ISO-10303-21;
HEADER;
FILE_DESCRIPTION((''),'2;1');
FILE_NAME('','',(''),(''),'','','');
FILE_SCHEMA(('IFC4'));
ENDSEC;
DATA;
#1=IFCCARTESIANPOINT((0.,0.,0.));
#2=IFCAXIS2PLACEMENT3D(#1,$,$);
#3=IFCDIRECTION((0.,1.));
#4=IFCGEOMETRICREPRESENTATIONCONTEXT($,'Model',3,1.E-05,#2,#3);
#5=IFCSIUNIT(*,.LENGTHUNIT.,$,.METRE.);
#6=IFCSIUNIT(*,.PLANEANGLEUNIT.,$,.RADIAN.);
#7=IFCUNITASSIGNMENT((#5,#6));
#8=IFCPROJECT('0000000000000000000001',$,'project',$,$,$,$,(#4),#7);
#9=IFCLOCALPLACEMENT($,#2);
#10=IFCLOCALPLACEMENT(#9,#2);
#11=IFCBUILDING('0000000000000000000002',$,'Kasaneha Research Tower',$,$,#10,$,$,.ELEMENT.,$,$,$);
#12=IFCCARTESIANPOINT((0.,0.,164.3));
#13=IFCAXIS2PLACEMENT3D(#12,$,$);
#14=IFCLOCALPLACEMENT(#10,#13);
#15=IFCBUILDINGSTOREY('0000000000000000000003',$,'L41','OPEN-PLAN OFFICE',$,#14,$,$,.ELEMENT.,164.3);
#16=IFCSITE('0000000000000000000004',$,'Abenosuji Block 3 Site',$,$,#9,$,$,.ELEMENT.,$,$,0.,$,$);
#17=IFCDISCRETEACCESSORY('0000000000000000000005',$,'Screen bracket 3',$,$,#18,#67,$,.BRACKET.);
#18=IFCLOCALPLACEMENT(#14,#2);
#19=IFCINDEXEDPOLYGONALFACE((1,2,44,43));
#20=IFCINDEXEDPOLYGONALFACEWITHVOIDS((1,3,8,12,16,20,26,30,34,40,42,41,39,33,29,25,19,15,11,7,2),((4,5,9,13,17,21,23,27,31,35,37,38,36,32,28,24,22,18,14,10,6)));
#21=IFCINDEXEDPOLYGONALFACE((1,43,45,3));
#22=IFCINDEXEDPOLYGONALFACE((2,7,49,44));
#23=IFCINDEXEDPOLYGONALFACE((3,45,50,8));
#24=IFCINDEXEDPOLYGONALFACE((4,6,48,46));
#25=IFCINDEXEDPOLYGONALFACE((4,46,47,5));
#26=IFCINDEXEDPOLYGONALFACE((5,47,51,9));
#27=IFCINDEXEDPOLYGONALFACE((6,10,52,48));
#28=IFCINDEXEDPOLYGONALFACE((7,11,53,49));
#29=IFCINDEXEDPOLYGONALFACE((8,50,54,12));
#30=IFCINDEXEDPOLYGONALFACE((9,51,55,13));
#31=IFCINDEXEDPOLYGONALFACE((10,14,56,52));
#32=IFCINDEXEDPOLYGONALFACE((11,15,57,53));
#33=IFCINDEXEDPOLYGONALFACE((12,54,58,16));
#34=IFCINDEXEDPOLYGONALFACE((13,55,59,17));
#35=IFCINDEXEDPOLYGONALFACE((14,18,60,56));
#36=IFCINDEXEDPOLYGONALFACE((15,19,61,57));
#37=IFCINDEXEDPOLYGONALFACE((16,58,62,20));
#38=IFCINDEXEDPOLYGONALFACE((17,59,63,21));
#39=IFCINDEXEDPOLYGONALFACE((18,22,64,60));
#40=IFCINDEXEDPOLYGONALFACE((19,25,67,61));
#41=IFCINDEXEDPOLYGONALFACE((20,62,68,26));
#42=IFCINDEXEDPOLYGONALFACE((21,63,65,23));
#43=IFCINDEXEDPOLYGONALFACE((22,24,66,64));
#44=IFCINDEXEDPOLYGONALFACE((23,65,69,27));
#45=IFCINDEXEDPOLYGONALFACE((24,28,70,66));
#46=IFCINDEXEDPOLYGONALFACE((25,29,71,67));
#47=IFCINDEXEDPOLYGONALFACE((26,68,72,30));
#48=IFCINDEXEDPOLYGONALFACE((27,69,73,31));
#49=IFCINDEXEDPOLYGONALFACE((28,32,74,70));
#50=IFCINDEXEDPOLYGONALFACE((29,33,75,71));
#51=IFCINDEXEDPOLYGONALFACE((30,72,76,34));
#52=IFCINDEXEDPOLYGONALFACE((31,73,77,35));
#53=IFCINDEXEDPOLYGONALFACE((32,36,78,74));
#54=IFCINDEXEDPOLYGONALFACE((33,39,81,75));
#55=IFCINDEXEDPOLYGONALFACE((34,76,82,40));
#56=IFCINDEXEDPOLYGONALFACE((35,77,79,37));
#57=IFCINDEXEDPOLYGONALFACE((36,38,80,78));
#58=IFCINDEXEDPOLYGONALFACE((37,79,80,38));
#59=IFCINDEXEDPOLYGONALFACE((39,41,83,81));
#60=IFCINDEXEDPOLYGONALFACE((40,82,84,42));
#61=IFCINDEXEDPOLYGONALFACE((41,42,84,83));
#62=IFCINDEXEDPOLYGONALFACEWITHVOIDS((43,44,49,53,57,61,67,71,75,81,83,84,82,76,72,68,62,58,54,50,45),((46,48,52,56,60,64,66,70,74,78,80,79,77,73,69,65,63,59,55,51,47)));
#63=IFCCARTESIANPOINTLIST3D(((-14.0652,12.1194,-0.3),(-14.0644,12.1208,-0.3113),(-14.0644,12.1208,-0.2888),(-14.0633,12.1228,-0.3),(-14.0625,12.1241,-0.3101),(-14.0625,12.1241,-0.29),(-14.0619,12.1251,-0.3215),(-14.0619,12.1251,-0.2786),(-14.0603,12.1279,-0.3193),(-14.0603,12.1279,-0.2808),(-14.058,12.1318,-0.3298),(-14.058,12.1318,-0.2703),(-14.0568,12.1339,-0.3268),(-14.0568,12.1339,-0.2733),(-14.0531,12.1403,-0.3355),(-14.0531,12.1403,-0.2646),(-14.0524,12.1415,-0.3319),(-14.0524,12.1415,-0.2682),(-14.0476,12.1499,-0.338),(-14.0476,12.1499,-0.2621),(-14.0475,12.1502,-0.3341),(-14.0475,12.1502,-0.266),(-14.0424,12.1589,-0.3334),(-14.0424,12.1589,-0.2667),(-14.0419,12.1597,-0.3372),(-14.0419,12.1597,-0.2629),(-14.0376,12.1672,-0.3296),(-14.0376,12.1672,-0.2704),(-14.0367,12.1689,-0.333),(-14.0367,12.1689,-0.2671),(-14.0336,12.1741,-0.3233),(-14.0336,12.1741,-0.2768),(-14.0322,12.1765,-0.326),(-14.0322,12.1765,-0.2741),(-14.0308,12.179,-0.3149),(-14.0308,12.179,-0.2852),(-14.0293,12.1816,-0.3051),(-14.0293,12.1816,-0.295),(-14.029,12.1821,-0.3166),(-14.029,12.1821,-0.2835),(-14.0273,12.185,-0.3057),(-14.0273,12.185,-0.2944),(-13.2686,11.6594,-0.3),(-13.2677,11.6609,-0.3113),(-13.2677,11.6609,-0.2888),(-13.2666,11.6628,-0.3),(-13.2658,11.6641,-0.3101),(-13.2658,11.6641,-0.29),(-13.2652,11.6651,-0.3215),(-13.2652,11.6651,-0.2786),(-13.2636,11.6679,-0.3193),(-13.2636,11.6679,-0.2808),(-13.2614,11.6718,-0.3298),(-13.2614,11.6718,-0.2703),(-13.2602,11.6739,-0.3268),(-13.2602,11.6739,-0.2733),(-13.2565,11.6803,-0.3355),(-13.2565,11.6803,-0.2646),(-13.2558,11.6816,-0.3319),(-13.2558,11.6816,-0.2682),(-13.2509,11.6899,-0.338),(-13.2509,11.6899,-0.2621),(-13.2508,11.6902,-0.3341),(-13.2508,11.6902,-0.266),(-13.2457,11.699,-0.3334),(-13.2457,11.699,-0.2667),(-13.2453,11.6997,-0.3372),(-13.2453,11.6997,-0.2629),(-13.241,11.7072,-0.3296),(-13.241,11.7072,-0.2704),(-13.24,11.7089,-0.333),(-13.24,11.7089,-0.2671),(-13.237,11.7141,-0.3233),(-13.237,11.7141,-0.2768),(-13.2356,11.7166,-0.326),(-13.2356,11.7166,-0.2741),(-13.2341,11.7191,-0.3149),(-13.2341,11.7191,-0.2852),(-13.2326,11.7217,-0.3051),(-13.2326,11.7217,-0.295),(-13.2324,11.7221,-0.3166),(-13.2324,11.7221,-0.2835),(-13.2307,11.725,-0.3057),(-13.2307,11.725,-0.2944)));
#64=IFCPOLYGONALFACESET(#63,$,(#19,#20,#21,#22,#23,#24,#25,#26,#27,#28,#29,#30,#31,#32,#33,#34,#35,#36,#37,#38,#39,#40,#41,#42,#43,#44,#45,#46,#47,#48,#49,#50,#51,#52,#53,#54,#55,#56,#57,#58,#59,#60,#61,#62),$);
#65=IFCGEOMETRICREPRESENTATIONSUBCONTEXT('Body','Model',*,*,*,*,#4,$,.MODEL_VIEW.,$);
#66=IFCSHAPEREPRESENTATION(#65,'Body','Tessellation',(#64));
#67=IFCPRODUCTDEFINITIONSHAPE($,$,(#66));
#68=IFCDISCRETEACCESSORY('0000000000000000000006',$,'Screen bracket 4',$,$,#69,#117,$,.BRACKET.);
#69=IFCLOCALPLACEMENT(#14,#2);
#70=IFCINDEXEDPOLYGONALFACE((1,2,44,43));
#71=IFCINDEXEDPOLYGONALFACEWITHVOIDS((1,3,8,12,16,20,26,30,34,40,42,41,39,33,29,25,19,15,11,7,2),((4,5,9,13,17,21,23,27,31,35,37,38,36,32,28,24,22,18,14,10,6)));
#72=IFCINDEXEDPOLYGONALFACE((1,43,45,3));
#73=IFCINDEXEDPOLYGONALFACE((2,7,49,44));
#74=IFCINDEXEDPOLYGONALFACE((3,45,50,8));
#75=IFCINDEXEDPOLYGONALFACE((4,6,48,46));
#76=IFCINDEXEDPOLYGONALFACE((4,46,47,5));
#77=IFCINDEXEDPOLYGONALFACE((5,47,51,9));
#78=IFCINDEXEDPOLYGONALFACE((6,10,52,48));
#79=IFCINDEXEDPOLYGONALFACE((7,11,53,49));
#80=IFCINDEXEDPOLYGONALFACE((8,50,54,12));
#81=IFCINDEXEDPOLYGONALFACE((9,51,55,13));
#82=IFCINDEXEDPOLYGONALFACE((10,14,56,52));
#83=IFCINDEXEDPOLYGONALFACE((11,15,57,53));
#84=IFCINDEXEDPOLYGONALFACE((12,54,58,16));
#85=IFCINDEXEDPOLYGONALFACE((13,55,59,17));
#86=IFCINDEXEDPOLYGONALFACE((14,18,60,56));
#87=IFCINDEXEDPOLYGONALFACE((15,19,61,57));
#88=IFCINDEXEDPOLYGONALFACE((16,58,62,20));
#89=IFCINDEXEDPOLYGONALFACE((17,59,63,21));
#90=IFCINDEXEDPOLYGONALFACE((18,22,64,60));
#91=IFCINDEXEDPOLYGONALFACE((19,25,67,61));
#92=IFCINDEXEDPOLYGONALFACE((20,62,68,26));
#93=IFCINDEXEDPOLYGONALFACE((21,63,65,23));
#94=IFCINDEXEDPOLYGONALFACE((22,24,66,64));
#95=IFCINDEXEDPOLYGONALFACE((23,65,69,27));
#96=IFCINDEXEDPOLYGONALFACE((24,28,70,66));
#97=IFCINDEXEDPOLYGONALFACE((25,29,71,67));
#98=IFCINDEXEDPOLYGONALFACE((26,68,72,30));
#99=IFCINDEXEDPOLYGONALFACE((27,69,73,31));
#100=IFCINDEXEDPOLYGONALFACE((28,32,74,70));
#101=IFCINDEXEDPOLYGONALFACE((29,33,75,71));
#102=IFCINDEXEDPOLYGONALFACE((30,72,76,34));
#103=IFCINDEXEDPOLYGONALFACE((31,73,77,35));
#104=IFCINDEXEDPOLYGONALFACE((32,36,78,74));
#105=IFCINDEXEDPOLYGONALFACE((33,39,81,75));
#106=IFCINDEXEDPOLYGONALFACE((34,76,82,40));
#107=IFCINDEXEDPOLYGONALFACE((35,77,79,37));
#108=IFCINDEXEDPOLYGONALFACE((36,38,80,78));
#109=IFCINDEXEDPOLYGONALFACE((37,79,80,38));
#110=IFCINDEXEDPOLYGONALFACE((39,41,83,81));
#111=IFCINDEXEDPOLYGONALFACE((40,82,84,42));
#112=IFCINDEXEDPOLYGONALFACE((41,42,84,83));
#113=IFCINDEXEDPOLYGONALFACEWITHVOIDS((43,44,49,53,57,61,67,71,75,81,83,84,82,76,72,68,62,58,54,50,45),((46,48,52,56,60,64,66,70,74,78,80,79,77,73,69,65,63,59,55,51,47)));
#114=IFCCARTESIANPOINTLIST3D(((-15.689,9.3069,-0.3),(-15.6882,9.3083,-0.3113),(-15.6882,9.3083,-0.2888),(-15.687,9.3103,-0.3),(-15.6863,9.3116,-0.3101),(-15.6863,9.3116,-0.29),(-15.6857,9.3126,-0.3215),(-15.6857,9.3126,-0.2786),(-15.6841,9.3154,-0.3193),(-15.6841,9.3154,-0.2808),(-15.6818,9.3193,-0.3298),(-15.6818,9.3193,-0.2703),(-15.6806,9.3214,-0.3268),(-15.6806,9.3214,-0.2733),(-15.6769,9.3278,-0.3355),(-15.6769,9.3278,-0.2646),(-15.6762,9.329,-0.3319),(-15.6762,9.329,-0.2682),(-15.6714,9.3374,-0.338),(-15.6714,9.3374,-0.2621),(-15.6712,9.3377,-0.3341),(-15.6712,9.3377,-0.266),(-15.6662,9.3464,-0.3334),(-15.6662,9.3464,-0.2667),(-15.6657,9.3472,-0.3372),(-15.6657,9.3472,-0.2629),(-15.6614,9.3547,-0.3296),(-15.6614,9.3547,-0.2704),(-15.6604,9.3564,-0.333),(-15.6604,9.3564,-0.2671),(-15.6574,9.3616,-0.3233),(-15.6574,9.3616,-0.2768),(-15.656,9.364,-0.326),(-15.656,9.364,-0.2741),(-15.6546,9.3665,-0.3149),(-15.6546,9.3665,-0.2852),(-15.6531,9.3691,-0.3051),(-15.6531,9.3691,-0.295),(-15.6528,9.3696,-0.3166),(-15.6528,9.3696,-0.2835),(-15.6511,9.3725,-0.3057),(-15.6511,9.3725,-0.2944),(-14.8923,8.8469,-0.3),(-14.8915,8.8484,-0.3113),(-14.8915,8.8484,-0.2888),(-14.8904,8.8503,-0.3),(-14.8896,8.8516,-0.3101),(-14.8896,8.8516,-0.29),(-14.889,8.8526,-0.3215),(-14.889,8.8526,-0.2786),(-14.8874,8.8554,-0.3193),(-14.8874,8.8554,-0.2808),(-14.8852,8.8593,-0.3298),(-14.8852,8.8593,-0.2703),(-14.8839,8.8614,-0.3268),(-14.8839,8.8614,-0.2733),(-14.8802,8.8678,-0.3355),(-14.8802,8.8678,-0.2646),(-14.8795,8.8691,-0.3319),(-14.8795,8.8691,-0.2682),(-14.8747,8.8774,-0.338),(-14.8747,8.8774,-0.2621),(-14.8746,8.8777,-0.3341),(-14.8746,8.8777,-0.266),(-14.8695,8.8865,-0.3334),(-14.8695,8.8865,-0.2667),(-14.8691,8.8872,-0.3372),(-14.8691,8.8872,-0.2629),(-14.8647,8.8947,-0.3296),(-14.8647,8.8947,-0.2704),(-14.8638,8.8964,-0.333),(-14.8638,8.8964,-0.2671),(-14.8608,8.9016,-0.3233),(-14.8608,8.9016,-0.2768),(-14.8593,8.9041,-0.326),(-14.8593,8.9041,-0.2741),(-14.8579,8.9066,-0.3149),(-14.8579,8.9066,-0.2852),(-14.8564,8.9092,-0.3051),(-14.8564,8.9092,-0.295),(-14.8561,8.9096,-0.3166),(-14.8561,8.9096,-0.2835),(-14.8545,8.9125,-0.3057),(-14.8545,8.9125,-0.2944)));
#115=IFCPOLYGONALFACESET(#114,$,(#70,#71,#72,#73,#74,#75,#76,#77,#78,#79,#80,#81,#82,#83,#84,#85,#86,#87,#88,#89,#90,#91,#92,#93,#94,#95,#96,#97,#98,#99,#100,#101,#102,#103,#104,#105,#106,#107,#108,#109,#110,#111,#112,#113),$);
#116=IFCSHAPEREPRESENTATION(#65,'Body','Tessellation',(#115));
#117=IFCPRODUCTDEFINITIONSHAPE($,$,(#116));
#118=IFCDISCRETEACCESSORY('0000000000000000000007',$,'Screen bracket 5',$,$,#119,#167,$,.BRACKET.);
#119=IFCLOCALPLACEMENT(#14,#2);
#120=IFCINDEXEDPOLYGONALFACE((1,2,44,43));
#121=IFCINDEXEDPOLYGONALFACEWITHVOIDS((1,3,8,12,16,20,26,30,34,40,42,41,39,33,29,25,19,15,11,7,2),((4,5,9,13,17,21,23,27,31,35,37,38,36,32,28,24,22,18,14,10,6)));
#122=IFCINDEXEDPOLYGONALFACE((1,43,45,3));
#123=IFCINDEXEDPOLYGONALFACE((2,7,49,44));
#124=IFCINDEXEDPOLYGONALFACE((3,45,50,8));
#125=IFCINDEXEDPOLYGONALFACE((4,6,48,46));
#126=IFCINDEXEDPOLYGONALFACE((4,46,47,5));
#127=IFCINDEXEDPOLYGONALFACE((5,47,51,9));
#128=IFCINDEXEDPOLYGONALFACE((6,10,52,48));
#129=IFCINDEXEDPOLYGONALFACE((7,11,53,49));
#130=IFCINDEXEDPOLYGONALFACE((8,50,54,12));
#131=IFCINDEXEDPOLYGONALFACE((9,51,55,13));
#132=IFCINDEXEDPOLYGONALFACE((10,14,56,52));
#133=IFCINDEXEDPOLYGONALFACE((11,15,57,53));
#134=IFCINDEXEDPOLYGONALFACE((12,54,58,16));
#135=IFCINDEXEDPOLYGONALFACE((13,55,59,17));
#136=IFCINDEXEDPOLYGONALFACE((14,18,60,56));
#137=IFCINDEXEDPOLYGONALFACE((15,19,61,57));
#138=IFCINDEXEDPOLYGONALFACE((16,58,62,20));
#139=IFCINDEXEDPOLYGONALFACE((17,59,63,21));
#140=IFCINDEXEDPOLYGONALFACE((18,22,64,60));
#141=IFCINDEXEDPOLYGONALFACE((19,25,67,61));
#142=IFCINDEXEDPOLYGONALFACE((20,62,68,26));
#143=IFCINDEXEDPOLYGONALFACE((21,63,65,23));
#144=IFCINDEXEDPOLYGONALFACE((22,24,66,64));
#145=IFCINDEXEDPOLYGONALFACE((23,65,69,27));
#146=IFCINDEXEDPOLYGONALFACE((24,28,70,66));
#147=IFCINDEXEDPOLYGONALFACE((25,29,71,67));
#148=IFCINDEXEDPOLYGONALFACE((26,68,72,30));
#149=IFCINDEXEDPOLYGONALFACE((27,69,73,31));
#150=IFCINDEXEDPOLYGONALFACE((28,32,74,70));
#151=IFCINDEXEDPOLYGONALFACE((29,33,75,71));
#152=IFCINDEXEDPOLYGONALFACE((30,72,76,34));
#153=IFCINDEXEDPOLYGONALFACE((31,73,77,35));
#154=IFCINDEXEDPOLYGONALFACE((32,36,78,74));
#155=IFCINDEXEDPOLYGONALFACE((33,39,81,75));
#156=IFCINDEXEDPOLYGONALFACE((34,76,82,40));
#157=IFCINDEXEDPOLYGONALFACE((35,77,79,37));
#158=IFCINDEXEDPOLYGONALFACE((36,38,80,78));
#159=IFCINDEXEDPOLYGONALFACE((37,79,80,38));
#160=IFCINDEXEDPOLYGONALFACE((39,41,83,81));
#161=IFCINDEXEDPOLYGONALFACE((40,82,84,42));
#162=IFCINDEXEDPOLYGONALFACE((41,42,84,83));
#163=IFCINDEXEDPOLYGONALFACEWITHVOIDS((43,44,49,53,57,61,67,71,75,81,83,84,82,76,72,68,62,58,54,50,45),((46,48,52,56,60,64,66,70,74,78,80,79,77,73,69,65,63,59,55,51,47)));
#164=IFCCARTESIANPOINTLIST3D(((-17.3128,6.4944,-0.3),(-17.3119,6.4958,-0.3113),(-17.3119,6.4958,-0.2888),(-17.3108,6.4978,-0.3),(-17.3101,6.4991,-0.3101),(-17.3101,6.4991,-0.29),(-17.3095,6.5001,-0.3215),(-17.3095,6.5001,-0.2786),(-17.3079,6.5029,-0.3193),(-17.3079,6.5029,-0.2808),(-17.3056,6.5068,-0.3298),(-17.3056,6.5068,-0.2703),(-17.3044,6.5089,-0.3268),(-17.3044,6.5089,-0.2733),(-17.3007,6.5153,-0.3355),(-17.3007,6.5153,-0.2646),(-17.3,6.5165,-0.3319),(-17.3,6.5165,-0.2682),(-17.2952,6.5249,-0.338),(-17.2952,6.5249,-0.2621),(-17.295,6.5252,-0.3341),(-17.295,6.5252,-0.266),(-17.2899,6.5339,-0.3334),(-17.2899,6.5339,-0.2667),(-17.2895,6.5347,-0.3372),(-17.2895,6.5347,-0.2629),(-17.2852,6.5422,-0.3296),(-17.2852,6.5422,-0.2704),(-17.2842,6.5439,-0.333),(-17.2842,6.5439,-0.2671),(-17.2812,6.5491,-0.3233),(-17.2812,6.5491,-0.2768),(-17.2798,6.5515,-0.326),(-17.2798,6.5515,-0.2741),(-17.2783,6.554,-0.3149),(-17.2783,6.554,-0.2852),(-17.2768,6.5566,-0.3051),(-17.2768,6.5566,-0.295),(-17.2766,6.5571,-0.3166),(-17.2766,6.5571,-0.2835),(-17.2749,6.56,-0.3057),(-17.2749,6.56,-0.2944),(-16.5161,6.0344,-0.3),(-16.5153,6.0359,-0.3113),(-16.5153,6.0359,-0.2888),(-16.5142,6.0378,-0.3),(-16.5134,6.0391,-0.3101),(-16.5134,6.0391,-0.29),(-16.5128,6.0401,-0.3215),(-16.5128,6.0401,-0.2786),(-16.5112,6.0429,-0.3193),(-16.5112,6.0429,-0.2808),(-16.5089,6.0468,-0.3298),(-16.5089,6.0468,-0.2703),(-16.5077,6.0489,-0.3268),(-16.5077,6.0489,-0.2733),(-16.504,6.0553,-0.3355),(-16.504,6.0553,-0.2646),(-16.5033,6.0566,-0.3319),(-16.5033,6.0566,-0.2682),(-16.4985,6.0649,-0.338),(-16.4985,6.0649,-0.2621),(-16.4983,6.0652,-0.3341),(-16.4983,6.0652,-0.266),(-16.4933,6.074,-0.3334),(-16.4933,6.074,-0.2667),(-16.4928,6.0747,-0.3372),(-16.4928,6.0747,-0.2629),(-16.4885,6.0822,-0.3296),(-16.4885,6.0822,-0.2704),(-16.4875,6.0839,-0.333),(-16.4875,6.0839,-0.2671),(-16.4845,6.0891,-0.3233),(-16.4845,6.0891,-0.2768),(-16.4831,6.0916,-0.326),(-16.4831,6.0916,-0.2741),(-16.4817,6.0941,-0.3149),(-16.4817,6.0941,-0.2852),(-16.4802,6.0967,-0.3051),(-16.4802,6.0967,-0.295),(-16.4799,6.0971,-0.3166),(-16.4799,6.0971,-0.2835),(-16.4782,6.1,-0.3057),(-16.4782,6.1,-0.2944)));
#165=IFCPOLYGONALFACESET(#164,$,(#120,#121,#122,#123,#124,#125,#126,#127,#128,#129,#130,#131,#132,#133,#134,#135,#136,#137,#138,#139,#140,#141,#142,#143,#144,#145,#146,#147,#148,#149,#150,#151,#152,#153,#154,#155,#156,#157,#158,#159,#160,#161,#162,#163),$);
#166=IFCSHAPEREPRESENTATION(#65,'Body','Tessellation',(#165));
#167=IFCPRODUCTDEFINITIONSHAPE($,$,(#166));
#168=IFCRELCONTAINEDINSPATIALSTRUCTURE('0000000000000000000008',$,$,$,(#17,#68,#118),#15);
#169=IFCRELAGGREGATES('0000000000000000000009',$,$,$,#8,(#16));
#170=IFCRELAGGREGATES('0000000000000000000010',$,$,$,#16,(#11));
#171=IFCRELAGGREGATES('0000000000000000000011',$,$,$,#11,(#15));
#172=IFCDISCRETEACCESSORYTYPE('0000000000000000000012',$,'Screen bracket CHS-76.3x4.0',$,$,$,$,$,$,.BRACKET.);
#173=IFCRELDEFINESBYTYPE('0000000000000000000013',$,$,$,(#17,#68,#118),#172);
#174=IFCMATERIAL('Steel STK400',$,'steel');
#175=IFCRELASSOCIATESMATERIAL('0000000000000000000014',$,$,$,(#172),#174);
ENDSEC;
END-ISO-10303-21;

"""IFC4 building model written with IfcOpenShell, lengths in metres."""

from ifc_helpers import new_model, si_unit, direction, frame, origin, origin_2d, place, context, subcontext, project, spatial, hollow_circle, extrude, material, material_profile, profile_set, type_object, element, save


model = new_model("IFC4")

# Units and contexts
model_context = context("Model", 3, precision=1e-05, world=origin(), true_north=direction((0.0, 1.0)))
body_context = subcontext(model_context, "Body", "Model", "MODEL_VIEW")
ifc_project = project(units=[si_unit("LENGTHUNIT", "METRE"), si_unit("PLANEANGLEUNIT", "RADIAN")], contexts=[model_context])

# Site, building, storey
site_placement = place(None, origin())
site = spatial("IfcSite", under=ifc_project, at=site_placement, Name="Abenosuji Block 3 Site", CompositionType="ELEMENT", RefElevation=0.0)
building_placement = place(site_placement, origin())
building = spatial("IfcBuilding", under=site, at=building_placement, Name="Kasaneha Research Tower", CompositionType="ELEMENT")
storey_placement = place(building_placement, frame((0.0, 0.0, 164.3)))
storey = spatial("IfcBuildingStorey", under=building, at=storey_placement, Name="L41", Description="OPEN-PLAN OFFICE", CompositionType="ELEMENT", Elevation=164.3)

# Discrete accessories
ifc_material_1 = material(Name="Steel STK400", Category="steel")
ifc_material_profile_1 = material_profile(ifc_material_1, hollow_circle(Radius=0.0381, WallThickness=0.0039, at=origin_2d()), Name="CHS-76.3x4.0")
ifc_profile_set_1 = profile_set([ifc_material_profile_1], Name="Steel STK400")
discrete_accessory_type = type_object("IfcDiscreteAccessoryType", Name="Screen bracket CHS-76.3x4.0", PredefinedType="BRACKET", material=ifc_profile_set_1)
for number, where, z_axis, x_axis, name in (
    (1, (-13.2495, 11.6924, -0.3), (-0.866013, 0.500021, 0.0), (-0.500021, -0.866013, 0.0), "Screen bracket 3"),
    (2, (-14.8733, 8.8799, -0.3), (-0.866013, 0.500021, 0.0), (-0.500021, -0.866013, 0.0), "Screen bracket 4"),
    (3, (-16.4971, 6.0674, -0.3), (-0.866013, 0.500021, 0.0), (-0.500021, -0.866013, 0.0), "Screen bracket 5"),
):
    element("IfcDiscreteAccessory", number, at=place(storey_placement, frame(where, z_axis=z_axis, x_axis=x_axis)), inside=storey, type_object=discrete_accessory_type, Name=name, PredefinedType="BRACKET", context=body_context, shape_type="SweptSolid", body=[
        extrude(hollow_circle(Radius=0.0381, WallThickness=0.0039, at=origin_2d()), origin(), (0.0, 0.0, 1.0), 0.9199),
    ])

save(model, "model.ifc")
